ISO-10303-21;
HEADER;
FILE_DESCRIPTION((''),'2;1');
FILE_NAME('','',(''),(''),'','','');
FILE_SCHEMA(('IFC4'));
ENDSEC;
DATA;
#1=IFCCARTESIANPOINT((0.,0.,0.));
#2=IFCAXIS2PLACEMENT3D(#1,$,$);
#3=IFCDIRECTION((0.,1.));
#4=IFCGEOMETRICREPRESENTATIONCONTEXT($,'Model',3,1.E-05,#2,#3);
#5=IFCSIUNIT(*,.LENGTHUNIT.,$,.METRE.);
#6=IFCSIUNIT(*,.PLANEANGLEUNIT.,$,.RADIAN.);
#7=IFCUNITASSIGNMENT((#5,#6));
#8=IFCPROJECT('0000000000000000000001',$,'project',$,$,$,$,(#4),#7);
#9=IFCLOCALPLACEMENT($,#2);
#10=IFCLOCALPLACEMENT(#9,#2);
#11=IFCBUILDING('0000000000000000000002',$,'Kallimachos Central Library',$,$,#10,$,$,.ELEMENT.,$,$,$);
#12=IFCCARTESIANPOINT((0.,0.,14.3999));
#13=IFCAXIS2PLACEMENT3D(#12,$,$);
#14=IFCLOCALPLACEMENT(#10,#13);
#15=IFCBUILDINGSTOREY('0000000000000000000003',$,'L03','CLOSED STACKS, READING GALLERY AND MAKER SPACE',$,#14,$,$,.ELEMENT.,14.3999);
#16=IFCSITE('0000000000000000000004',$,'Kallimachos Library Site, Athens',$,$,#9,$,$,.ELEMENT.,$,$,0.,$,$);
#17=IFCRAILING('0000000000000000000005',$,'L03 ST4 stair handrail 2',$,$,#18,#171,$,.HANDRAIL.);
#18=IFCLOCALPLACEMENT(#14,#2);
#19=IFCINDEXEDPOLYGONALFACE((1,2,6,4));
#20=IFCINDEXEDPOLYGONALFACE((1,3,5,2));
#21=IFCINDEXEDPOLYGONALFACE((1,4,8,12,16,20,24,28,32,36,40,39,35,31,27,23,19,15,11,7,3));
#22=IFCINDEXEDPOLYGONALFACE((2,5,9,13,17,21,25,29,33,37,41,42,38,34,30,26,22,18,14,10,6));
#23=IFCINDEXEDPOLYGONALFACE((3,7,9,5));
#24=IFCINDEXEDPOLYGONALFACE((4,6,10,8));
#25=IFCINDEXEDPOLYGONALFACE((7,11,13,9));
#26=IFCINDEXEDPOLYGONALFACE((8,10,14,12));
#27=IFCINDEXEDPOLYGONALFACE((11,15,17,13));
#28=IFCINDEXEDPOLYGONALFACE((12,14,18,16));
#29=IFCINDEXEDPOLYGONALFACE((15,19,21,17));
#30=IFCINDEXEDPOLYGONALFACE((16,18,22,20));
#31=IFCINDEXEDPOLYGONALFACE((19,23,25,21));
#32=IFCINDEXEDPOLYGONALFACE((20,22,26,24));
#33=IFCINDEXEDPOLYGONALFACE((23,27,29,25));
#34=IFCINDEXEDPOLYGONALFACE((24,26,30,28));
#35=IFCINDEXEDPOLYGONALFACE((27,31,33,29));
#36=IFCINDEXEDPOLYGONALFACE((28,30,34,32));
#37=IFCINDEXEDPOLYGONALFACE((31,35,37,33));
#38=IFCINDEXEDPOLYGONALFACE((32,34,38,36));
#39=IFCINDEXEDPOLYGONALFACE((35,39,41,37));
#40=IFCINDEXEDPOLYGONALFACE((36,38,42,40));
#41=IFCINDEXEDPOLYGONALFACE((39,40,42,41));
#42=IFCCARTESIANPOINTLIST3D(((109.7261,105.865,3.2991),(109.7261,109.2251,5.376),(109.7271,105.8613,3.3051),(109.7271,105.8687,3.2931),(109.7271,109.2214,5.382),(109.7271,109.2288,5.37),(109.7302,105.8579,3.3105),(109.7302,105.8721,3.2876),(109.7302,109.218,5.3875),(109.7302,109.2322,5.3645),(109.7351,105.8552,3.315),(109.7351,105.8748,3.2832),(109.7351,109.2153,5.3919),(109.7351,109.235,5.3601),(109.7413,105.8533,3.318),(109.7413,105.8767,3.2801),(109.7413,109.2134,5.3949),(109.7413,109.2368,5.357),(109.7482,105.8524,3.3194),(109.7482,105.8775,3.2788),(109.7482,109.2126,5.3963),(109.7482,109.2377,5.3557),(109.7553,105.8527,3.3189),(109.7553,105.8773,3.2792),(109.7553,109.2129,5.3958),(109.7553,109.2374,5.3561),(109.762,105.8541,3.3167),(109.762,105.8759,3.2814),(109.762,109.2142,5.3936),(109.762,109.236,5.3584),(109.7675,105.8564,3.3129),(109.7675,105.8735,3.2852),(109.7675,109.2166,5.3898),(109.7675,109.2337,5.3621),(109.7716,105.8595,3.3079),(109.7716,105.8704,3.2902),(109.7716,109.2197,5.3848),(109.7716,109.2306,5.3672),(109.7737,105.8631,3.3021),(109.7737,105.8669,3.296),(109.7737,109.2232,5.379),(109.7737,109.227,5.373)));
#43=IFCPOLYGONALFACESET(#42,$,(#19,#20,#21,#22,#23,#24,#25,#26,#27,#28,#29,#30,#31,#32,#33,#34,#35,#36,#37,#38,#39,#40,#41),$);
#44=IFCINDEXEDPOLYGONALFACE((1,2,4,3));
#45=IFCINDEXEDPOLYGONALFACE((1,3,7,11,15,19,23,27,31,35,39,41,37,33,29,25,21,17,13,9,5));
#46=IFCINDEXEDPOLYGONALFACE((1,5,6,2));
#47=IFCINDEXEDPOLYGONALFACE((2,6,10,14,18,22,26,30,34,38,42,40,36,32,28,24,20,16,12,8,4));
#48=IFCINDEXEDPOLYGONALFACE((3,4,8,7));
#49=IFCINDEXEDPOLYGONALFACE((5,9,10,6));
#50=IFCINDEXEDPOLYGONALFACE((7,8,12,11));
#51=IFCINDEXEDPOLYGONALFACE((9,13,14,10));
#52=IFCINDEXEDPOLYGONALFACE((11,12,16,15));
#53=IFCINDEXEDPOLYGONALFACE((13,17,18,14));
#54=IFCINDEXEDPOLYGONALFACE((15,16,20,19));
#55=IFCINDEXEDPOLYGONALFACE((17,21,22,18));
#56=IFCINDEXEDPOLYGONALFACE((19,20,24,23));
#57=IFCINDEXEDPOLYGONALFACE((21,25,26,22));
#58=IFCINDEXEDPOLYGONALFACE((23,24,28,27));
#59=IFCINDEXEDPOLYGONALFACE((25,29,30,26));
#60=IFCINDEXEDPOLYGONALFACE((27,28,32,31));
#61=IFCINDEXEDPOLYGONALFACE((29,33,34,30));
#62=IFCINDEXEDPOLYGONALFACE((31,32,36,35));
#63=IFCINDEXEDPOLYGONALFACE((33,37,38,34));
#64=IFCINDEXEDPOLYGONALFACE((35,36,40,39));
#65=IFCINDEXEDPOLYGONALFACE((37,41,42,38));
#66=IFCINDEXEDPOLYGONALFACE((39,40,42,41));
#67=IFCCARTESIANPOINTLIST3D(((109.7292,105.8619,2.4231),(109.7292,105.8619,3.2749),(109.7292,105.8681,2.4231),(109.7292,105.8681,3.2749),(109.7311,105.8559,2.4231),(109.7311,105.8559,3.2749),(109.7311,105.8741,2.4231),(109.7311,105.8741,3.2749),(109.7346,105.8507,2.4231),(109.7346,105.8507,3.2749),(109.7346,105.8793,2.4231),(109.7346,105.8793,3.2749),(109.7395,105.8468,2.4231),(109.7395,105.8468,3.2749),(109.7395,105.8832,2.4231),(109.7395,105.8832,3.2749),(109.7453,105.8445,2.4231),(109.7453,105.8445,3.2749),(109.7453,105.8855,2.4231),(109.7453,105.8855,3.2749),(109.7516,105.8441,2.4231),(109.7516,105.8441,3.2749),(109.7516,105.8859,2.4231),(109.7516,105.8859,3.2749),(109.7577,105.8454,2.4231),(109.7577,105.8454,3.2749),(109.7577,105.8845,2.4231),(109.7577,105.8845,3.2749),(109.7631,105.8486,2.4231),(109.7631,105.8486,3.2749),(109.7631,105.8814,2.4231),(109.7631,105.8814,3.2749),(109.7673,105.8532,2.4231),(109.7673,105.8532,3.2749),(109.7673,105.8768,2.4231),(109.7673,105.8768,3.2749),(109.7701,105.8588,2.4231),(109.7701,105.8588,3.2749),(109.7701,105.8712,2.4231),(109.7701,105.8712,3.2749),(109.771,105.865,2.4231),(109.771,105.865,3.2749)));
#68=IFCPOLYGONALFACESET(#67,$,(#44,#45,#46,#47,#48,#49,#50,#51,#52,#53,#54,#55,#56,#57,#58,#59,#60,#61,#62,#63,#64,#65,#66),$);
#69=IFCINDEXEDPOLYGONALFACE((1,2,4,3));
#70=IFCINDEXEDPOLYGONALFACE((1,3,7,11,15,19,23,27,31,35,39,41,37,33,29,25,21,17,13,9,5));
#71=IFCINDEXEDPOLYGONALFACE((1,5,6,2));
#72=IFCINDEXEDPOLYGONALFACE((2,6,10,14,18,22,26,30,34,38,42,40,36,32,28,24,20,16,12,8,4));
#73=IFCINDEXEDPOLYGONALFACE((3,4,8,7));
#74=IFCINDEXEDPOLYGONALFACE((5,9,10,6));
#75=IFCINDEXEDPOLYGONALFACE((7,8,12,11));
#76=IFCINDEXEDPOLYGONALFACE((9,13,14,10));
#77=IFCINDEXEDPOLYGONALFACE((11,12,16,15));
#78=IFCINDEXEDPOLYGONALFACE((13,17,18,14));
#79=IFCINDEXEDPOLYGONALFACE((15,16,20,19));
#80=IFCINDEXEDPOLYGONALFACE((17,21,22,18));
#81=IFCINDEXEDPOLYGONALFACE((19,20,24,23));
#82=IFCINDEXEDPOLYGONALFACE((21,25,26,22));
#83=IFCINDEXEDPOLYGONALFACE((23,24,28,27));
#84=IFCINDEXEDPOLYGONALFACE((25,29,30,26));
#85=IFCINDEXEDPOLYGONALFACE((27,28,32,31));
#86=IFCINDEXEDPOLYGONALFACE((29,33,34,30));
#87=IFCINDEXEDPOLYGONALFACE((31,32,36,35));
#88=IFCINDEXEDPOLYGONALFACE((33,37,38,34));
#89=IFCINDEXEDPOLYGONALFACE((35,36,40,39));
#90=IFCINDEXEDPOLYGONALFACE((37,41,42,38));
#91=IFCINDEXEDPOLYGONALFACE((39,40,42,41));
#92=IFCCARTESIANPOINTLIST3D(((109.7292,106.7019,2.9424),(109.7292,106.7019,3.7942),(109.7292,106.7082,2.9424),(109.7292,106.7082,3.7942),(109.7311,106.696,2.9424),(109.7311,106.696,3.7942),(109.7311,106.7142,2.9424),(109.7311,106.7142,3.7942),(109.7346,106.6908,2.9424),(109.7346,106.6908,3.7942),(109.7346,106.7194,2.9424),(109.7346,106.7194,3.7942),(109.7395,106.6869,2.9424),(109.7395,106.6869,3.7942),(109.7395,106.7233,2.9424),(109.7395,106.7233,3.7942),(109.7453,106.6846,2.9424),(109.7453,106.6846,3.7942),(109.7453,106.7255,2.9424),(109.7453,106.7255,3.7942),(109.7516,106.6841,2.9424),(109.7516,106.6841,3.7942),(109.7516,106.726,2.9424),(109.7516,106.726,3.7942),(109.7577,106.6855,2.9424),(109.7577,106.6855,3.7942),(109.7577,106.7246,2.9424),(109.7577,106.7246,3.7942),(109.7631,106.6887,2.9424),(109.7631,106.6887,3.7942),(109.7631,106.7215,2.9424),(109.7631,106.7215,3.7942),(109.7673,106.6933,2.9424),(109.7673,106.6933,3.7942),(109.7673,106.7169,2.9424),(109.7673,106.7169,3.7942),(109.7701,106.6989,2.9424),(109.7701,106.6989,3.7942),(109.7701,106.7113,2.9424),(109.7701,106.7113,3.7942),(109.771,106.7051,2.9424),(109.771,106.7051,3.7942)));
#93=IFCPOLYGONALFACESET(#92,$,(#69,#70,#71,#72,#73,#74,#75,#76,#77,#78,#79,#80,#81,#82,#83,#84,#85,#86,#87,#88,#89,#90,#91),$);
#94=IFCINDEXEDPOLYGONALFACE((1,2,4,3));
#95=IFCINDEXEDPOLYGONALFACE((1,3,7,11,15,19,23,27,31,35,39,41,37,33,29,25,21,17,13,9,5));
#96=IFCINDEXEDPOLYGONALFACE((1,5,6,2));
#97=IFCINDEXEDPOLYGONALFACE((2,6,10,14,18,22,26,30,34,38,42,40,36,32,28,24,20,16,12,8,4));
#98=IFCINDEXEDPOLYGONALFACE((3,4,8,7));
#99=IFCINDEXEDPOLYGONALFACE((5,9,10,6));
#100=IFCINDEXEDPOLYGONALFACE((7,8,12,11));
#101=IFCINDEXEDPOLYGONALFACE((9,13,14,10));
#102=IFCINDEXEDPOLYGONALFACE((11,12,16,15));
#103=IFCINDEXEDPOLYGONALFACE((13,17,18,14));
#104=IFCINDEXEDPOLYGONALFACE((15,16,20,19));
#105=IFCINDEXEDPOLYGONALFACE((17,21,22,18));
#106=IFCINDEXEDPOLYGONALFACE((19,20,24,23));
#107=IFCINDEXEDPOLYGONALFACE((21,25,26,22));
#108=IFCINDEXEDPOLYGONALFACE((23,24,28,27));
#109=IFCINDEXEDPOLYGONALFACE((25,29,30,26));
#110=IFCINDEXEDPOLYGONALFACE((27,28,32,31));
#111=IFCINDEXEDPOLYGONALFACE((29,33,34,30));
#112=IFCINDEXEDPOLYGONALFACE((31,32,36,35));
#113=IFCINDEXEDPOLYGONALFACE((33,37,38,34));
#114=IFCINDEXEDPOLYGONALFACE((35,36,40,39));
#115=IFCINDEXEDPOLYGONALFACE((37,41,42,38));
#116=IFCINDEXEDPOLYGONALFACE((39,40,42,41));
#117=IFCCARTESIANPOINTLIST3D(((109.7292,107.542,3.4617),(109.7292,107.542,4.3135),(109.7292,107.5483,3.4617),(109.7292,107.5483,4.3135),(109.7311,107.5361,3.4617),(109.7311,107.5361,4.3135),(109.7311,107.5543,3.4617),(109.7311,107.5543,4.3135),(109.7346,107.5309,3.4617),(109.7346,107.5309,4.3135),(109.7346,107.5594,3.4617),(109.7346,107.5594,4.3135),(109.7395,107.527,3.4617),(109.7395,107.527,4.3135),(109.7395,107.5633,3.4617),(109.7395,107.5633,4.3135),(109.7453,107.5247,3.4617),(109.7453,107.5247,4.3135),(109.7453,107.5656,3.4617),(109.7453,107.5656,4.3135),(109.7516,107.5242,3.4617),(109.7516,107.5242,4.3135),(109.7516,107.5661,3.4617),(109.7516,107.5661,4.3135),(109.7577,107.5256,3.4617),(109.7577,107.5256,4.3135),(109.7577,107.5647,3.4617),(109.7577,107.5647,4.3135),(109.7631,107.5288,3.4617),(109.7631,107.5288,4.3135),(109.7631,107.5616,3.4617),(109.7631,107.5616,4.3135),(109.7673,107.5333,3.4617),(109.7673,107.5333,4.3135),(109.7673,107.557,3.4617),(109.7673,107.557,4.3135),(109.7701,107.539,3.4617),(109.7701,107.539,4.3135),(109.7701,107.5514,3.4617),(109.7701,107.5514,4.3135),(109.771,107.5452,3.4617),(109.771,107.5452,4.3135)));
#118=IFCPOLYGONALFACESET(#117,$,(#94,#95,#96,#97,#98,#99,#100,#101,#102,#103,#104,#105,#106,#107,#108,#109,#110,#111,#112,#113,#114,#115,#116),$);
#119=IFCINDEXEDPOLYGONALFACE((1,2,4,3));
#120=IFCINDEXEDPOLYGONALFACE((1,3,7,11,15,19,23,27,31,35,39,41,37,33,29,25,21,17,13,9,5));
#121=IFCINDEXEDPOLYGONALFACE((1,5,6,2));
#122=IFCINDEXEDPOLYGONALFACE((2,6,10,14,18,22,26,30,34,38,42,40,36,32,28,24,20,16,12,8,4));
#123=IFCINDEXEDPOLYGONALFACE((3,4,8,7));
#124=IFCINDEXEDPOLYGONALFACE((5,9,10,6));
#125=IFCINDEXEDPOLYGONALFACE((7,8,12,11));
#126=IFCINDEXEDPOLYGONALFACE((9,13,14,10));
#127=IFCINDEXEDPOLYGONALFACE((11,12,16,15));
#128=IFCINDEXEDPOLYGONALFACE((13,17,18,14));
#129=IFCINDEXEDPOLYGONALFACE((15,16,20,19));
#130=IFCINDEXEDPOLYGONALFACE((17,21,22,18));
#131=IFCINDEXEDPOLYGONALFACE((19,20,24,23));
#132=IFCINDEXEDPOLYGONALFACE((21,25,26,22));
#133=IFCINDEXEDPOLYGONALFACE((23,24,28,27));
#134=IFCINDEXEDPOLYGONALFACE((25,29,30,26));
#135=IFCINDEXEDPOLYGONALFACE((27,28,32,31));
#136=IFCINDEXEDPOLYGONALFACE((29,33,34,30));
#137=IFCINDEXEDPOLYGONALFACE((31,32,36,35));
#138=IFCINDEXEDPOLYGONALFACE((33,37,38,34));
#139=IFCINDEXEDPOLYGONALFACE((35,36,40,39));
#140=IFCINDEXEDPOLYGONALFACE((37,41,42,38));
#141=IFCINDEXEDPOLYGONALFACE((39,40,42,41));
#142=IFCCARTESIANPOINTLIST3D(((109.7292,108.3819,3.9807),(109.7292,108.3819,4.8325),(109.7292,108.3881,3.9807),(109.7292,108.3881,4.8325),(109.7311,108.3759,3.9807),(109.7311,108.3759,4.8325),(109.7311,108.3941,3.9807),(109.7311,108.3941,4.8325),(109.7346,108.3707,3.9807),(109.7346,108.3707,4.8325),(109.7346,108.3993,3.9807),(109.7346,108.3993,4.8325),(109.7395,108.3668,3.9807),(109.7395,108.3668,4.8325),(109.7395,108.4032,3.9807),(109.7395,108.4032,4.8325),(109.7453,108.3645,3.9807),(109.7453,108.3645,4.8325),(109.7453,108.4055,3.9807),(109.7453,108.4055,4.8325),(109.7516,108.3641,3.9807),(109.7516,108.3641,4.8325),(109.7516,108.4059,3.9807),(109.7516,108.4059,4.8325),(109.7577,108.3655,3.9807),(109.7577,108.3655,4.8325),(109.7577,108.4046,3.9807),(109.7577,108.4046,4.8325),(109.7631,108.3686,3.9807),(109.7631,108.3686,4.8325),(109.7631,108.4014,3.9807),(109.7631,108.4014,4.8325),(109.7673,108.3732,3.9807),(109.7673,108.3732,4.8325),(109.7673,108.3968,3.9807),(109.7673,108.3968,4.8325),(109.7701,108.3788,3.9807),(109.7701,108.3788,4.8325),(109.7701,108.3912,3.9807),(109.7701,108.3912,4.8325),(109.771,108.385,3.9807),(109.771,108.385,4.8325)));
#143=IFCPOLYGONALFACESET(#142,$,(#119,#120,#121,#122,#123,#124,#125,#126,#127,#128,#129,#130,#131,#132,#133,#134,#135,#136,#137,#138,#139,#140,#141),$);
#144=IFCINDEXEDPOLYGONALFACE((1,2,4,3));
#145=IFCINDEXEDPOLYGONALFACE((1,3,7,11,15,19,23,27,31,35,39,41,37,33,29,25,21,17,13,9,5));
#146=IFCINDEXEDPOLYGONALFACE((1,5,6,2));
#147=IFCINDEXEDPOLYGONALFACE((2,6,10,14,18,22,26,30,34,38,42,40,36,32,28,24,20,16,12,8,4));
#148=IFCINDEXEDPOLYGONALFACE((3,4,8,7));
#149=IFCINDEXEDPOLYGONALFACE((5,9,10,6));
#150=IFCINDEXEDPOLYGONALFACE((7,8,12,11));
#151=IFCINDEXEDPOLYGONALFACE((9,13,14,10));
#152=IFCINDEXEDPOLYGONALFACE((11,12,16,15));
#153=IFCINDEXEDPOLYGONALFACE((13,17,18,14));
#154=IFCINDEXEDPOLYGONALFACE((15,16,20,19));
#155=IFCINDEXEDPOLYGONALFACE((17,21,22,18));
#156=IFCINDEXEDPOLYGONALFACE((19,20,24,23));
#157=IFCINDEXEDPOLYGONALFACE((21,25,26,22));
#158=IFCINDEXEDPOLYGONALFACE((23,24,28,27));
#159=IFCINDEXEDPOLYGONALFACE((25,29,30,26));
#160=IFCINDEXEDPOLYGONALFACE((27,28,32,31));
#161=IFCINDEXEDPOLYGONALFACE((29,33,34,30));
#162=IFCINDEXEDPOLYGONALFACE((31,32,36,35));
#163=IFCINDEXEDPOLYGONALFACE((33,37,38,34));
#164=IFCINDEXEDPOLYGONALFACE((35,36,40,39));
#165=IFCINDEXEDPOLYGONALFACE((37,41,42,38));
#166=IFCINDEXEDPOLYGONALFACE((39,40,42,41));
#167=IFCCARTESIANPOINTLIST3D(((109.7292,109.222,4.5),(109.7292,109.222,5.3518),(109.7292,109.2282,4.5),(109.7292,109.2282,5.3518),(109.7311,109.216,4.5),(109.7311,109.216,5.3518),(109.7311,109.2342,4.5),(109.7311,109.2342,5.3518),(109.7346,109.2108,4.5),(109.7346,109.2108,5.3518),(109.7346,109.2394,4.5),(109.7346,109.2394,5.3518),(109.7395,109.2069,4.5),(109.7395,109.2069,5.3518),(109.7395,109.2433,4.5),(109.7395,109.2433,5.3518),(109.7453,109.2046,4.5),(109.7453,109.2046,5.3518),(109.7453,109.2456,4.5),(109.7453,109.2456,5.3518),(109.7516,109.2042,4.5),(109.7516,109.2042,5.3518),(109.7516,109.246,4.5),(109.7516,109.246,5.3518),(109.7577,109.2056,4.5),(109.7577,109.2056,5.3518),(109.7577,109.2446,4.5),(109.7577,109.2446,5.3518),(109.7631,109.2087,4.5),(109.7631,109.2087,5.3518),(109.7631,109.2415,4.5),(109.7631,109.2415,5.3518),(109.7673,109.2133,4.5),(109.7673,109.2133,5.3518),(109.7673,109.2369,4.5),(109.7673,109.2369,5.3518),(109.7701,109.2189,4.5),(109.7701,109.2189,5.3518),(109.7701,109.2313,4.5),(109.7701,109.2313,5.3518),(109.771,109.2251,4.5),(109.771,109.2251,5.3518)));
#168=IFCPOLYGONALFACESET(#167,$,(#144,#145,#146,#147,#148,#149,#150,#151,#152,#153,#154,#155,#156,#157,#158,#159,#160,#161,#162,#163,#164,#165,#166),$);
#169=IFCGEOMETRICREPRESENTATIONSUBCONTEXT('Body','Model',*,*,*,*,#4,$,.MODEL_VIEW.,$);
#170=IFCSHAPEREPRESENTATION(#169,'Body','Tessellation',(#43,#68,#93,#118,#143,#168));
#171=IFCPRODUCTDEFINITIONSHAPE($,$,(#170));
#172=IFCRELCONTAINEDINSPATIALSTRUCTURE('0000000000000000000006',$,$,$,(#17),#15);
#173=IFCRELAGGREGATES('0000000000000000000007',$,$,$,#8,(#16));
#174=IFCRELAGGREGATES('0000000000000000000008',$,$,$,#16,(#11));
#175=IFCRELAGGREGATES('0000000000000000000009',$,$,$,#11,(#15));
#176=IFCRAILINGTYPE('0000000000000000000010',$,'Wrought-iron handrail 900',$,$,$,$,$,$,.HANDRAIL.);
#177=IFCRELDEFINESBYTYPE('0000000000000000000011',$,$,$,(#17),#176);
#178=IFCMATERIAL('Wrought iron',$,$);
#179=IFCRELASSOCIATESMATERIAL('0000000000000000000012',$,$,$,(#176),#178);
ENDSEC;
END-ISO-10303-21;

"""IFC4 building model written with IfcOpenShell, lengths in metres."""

from ifc_helpers import new_model, si_unit, direction, frame, origin, origin_2d, place, context, subcontext, project, spatial, circle, extrude, material, type_object, element, save


model = new_model("IFC4")

# Units and contexts
model_context = context("Model", 3, precision=1e-05, world=origin(), true_north=direction((0.0, 1.0)))
body_context = subcontext(model_context, "Body", "Model", "MODEL_VIEW")
ifc_project = project(units=[si_unit("LENGTHUNIT", "METRE"), si_unit("PLANEANGLEUNIT", "RADIAN")], contexts=[model_context])

# Site, building, storey
site_placement = place(None, origin())
site = spatial("IfcSite", under=ifc_project, at=site_placement, Name="Kallimachos Library Site, Athens", CompositionType="ELEMENT", RefElevation=0.0)
building_placement = place(site_placement, origin())
building = spatial("IfcBuilding", under=site, at=building_placement, Name="Kallimachos Central Library", CompositionType="ELEMENT")
storey_placement = place(building_placement, frame((0.0, 0.0, 14.3999)))
storey = spatial("IfcBuildingStorey", under=building, at=storey_placement, Name="L03", Description="CLOSED STACKS, READING GALLERY AND MAKER SPACE", CompositionType="ELEMENT", Elevation=14.3999)

# Railing
ifc_material_1 = material(Name="Wrought iron")
railing_type_1 = type_object("IfcRailingType", Name="Wrought-iron handrail 900", PredefinedType="HANDRAIL", material=ifc_material_1)
railing_1_placement = place(storey_placement, frame((109.75, 105.865, 2.4231)))
element("IfcRailing", 1, at=railing_1_placement, inside=storey, type_object=railing_type_1, Name="L03 ST4 stair handrail 2", PredefinedType="HANDRAIL", context=body_context, shape_type="SweptSolid", body=[
    extrude(circle(Radius=0.0239, at=origin_2d()), frame((0.0, 0.0, 0.876), z_axis=(0.0, 0.850623, 0.525776), x_axis=(-1.0, 0.0, 0.0)), (0.0, 0.0, 1.0), 3.9502),
    extrude(circle(Radius=0.021, at=origin_2d()), origin(), (0.0, 0.0, 1.0), 0.8518),
    extrude(circle(Radius=0.021, at=origin_2d()), frame((0.0, 0.8401, 0.5193)), (0.0, 0.0, 1.0), 0.8518),
    extrude(circle(Radius=0.021, at=origin_2d()), frame((0.0, 1.6802, 1.0386)), (0.0, 0.0, 1.0), 0.8518),
    extrude(circle(Radius=0.021, at=origin_2d()), frame((0.0, 2.52, 1.5576)), (0.0, 0.0, 1.0), 0.8518),
    extrude(circle(Radius=0.021, at=origin_2d()), frame((0.0, 3.3601, 2.0769)), (0.0, 0.0, 1.0), 0.8518),
])

save(model, "model.ifc")
